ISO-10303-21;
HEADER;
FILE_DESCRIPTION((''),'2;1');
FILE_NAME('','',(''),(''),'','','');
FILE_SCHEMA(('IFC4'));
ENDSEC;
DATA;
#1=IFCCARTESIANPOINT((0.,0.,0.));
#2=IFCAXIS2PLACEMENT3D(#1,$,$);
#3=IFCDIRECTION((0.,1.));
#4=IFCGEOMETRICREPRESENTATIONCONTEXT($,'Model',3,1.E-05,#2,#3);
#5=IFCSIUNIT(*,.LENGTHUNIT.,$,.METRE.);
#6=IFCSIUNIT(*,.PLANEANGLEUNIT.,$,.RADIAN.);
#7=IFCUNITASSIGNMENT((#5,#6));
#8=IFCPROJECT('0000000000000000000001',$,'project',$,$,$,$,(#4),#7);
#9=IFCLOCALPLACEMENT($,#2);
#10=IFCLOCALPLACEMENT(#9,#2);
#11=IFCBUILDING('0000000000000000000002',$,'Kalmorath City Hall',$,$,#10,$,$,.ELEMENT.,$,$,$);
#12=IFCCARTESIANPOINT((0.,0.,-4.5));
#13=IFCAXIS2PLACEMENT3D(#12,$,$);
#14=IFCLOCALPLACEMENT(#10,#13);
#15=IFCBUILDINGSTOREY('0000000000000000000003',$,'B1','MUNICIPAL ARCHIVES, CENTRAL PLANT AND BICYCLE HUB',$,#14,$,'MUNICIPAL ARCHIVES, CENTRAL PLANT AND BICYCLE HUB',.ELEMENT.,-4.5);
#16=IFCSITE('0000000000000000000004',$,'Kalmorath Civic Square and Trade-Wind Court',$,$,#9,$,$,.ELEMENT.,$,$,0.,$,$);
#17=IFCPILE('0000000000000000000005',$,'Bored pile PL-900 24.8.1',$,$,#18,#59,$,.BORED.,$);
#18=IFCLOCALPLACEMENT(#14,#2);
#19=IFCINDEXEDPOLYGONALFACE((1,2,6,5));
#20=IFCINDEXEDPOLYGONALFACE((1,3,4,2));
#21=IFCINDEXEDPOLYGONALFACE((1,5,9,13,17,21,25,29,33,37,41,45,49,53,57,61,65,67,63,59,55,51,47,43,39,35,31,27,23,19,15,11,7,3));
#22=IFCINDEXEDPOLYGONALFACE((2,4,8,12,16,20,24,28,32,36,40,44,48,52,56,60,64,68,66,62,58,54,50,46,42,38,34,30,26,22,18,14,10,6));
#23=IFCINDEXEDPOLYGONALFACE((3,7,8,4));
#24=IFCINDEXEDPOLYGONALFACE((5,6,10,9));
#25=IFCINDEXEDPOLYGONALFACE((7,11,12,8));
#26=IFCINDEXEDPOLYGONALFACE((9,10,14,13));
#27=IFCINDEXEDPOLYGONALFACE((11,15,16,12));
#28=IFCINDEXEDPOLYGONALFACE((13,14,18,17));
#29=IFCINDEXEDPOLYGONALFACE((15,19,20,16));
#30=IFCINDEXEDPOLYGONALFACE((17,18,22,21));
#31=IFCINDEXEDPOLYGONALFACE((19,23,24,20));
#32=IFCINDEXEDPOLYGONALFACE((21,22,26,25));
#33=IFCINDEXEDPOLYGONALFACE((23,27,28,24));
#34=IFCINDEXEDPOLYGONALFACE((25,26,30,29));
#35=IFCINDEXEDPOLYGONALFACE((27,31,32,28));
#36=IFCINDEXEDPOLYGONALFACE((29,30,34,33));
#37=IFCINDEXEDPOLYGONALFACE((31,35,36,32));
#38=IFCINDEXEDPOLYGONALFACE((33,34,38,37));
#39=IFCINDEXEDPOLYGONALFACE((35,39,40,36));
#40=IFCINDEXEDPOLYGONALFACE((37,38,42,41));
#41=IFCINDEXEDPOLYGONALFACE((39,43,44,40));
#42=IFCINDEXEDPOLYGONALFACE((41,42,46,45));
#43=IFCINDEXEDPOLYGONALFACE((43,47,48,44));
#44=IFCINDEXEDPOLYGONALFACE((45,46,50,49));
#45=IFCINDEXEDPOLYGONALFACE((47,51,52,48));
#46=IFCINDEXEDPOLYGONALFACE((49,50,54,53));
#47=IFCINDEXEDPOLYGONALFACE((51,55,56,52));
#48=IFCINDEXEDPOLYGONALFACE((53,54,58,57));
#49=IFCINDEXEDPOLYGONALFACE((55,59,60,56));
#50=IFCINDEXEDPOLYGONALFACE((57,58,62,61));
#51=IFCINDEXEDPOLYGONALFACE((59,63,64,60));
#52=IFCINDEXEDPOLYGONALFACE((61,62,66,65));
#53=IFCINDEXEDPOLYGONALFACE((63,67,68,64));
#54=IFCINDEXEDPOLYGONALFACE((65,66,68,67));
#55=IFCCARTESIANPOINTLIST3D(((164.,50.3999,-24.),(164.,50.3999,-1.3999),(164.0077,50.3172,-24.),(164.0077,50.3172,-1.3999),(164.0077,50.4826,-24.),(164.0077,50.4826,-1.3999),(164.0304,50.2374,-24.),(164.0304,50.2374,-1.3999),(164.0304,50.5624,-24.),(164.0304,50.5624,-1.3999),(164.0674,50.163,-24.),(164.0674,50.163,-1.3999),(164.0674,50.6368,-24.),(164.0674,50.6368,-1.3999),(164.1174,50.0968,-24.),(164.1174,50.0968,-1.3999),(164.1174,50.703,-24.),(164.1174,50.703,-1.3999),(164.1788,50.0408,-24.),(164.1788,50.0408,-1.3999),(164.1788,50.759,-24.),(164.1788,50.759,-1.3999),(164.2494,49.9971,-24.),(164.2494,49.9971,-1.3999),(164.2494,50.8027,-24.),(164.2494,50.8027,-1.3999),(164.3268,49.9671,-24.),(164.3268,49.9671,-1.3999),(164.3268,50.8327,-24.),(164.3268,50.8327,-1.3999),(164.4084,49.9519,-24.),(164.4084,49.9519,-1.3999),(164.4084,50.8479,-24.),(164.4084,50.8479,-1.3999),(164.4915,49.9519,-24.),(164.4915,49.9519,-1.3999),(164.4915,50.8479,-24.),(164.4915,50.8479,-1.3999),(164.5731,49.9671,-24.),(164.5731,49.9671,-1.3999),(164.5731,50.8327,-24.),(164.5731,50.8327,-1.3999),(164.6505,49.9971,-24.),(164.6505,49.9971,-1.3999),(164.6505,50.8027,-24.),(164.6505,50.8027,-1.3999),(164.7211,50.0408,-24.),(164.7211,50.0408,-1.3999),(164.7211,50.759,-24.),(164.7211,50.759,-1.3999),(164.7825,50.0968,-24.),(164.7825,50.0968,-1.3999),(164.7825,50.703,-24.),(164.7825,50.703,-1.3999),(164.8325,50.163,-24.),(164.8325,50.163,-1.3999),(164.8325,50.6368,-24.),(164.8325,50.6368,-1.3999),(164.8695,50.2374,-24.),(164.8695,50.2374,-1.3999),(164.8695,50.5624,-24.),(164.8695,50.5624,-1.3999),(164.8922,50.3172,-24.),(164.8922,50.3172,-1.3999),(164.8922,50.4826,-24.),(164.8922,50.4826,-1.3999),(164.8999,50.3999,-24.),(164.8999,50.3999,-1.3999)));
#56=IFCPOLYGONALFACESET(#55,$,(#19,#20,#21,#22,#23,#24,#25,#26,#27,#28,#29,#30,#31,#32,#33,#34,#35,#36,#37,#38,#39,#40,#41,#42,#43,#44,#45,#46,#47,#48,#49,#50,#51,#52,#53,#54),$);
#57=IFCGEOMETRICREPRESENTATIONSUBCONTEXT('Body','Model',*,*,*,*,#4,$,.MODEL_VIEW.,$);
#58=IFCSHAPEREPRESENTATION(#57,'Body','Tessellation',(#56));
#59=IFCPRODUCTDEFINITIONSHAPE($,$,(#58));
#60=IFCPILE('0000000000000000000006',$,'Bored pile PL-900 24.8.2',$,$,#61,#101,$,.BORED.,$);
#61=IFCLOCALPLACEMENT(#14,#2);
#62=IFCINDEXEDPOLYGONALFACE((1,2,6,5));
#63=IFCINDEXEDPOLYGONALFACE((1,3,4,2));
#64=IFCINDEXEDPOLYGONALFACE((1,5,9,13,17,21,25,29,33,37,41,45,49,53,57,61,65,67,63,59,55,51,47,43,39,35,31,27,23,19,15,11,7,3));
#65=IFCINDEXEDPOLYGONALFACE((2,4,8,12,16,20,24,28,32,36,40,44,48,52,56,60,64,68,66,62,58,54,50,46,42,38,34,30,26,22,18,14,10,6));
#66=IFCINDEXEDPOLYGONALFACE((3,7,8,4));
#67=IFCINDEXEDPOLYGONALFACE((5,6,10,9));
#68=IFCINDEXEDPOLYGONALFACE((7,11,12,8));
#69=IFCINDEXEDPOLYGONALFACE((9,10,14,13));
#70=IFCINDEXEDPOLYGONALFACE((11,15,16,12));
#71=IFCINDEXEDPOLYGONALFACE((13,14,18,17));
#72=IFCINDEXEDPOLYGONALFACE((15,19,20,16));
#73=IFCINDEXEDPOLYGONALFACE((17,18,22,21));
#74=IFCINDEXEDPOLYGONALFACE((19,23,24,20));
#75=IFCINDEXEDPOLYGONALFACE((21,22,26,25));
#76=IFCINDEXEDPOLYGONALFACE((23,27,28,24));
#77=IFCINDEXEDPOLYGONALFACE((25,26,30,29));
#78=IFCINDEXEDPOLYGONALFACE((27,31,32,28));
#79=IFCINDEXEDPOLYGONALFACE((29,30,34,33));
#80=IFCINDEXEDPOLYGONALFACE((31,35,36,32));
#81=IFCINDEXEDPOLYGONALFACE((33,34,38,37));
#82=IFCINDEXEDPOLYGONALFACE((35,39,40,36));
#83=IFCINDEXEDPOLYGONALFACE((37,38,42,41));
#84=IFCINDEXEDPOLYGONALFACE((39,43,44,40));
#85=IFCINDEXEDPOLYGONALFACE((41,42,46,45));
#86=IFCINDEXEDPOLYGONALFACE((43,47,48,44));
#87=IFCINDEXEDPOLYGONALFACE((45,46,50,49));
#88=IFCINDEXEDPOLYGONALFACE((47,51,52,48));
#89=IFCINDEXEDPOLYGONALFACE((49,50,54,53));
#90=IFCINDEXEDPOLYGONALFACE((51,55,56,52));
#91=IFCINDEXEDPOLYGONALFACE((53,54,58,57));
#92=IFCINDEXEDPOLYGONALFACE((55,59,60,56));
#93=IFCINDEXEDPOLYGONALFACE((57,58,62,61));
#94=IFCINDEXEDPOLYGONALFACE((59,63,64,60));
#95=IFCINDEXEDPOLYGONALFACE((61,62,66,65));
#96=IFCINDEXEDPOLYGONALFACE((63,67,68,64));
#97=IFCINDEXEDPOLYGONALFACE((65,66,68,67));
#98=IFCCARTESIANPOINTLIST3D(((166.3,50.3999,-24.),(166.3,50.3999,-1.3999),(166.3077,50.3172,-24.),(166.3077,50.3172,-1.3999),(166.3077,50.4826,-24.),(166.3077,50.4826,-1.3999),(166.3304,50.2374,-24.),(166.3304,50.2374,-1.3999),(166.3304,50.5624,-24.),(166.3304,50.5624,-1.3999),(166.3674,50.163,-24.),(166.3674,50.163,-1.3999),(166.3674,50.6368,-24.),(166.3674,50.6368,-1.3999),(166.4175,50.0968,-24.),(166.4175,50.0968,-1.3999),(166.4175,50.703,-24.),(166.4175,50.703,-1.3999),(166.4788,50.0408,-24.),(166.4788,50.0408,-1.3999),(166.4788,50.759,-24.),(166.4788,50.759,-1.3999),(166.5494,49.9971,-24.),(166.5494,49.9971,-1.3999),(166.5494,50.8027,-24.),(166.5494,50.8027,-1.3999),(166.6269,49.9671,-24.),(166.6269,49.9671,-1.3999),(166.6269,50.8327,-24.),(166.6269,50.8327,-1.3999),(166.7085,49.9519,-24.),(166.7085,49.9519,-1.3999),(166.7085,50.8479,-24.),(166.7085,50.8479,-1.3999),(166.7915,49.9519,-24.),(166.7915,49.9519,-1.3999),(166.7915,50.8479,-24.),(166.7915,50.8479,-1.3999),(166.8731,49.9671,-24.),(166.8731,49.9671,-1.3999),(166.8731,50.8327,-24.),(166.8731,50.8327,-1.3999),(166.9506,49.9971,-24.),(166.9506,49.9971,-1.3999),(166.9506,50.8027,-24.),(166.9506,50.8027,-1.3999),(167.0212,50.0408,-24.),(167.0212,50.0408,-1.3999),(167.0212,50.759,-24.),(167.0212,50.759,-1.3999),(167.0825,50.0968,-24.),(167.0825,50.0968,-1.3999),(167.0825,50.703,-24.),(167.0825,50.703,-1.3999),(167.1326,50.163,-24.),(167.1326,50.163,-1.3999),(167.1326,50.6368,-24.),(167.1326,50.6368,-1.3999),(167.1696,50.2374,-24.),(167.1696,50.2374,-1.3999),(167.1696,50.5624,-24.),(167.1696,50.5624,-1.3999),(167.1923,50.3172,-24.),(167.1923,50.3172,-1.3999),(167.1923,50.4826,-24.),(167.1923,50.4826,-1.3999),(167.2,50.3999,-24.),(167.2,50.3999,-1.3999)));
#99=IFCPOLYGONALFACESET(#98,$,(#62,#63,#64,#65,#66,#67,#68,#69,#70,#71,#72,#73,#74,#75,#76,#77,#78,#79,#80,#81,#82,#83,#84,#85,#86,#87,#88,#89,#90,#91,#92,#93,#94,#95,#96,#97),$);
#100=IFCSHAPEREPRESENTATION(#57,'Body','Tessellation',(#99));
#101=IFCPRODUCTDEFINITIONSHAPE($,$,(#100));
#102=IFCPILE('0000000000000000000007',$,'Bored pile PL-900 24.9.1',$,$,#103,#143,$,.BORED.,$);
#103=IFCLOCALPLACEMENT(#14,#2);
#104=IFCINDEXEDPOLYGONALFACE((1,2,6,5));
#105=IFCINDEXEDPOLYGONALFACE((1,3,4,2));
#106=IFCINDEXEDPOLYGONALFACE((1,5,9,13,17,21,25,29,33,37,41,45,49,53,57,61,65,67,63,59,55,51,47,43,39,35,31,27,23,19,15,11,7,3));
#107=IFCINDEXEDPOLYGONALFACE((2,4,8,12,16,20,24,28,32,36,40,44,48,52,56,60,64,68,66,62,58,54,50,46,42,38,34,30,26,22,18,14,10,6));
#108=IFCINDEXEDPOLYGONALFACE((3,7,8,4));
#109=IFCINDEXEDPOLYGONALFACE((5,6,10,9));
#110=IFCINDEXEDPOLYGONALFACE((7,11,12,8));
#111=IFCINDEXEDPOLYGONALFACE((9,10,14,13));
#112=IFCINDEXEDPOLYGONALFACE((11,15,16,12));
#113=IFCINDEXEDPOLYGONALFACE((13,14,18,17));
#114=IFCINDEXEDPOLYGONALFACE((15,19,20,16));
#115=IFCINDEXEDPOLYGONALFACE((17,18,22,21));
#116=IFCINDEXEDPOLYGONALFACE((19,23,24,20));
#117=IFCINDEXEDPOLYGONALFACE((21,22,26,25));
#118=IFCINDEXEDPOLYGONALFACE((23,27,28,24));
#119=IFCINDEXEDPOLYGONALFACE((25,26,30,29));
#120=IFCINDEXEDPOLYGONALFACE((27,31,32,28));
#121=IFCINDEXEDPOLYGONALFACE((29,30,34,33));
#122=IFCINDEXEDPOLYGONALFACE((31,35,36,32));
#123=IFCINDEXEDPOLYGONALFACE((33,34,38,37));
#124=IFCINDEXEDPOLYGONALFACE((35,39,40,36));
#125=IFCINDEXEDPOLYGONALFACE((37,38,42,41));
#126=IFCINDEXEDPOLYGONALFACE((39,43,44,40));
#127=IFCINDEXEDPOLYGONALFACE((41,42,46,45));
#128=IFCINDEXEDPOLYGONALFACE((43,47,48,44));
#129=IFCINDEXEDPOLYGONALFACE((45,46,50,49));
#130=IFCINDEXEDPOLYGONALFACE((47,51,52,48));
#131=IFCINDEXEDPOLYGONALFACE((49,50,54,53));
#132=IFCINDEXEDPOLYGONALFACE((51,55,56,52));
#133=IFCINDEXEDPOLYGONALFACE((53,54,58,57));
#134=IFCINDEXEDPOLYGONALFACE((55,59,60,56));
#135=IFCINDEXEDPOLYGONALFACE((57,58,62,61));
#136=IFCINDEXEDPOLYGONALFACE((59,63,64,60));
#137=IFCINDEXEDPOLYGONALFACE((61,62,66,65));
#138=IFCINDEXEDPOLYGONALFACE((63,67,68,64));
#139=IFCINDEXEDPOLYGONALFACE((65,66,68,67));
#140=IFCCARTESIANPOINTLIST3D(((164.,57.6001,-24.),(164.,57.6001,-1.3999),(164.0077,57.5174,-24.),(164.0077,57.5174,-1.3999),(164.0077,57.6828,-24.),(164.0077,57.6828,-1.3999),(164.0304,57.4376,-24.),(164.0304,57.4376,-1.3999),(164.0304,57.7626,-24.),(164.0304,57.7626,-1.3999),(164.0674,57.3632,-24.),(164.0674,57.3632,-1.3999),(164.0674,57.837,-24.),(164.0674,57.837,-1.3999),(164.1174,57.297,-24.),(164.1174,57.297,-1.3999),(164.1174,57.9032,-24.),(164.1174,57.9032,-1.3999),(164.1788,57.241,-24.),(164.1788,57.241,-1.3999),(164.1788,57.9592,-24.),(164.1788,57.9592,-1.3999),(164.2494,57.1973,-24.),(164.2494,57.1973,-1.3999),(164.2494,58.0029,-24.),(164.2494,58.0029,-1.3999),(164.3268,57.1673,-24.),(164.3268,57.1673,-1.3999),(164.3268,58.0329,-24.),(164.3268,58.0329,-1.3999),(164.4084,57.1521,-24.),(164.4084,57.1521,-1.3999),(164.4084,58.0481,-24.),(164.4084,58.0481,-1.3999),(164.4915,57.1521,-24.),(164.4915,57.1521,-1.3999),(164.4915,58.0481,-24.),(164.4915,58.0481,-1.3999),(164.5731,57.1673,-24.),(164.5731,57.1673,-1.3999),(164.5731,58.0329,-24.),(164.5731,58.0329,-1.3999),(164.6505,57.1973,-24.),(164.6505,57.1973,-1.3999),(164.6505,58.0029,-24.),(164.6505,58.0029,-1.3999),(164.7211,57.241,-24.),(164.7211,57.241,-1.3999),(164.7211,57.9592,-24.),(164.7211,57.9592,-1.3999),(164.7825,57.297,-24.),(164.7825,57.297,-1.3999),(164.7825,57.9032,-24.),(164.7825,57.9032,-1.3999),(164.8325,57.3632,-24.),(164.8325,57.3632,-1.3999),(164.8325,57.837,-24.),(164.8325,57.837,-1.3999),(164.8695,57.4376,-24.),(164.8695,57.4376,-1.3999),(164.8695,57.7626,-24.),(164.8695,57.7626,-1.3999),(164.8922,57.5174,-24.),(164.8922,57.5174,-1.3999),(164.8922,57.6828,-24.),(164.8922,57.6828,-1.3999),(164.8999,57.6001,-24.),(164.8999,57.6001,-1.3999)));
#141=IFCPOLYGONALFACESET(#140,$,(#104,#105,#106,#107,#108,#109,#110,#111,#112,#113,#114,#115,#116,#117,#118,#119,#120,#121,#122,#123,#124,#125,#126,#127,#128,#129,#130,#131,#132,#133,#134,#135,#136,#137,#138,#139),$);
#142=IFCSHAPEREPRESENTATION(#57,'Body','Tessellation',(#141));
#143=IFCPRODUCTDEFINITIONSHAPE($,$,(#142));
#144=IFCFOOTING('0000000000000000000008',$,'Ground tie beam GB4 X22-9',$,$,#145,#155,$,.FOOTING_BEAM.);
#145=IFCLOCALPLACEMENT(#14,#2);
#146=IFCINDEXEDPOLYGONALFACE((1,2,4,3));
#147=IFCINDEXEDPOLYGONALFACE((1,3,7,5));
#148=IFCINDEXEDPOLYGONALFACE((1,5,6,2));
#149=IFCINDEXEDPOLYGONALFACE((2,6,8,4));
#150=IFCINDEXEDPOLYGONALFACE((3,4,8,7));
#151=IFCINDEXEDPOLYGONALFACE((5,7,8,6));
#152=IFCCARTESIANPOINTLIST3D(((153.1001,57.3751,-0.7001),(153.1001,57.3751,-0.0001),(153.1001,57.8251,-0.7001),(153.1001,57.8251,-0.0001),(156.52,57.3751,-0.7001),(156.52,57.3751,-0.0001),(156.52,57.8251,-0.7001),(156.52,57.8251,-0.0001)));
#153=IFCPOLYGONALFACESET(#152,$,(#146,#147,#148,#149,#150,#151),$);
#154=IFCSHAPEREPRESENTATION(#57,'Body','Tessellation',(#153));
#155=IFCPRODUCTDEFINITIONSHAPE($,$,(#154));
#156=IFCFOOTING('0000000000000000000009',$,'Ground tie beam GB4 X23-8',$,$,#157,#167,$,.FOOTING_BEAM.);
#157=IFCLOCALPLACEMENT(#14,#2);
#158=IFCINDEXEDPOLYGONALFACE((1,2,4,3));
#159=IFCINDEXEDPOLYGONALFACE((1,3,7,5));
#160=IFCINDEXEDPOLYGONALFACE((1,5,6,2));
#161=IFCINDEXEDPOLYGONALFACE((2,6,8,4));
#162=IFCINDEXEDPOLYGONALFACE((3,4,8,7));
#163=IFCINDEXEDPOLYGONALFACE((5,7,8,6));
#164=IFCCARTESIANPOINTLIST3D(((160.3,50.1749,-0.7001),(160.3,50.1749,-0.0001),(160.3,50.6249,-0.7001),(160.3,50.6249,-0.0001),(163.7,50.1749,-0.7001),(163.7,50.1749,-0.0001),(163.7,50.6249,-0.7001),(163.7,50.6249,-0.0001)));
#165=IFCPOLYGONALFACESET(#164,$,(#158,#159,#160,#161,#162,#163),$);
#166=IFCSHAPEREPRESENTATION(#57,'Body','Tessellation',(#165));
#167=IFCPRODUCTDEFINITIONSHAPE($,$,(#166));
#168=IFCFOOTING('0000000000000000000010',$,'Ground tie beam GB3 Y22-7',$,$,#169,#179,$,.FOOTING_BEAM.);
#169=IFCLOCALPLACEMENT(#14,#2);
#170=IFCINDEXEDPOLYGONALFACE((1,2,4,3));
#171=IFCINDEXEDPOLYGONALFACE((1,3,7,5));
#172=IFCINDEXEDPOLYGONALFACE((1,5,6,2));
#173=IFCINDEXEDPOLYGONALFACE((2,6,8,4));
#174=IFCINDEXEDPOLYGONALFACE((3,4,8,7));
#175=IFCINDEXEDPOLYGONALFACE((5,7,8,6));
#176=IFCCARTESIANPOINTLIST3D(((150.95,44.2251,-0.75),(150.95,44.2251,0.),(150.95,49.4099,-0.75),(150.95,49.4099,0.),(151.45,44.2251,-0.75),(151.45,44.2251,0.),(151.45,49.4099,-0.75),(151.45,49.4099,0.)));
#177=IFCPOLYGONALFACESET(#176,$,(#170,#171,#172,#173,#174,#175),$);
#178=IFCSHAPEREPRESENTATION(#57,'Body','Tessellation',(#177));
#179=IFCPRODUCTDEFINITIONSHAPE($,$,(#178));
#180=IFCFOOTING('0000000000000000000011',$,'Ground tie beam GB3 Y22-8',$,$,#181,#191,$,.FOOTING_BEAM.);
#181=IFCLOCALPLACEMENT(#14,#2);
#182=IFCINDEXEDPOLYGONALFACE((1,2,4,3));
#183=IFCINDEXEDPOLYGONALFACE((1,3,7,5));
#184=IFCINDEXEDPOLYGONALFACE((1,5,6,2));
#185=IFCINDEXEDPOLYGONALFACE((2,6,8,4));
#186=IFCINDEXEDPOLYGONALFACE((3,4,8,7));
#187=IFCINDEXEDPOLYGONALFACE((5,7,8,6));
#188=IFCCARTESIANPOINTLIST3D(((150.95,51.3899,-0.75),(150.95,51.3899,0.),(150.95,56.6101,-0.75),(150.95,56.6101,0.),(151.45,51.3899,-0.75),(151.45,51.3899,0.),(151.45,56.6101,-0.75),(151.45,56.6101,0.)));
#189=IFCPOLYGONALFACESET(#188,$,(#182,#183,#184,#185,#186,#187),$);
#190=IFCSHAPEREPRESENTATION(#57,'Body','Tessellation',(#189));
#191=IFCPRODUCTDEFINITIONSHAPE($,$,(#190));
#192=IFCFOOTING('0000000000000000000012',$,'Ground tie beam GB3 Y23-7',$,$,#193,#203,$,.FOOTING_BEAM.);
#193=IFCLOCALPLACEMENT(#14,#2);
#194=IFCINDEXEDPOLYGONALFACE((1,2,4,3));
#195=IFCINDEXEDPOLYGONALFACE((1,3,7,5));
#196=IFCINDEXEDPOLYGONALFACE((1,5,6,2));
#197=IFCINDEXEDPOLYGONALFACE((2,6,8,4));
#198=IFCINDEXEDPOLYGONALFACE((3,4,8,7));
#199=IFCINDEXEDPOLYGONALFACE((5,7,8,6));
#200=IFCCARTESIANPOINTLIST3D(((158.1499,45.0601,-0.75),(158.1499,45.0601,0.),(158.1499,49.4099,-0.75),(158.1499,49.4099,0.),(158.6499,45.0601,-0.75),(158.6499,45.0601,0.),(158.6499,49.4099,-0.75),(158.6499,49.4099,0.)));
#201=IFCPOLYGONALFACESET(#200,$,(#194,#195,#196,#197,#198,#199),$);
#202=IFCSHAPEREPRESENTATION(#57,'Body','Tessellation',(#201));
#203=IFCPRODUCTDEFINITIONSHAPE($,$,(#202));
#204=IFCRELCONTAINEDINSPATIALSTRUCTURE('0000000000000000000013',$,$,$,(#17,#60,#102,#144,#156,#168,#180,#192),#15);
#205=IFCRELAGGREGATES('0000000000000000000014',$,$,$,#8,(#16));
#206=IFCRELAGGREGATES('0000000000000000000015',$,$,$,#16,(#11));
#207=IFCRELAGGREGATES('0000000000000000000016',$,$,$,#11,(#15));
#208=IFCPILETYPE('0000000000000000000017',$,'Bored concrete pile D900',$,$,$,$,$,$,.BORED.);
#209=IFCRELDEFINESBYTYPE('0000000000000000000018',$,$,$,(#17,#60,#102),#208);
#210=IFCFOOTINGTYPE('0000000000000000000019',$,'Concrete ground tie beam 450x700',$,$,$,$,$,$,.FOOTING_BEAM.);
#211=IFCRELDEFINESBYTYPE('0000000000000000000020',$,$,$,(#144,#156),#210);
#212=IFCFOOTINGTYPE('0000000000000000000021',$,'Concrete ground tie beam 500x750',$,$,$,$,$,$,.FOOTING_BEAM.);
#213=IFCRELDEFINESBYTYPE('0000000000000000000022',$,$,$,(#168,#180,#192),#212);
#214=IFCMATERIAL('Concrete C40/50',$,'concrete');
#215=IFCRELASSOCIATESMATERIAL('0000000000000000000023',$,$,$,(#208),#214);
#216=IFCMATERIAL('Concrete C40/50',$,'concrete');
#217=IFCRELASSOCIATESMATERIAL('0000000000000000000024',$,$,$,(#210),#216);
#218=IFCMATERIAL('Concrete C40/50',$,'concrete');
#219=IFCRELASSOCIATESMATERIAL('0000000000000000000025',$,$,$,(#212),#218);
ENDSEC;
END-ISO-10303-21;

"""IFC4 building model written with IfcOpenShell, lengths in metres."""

from ifc_helpers import new_model, si_unit, direction, frame, origin, origin_2d, place, context, subcontext, project, spatial, rectangle, circle, extrude, material, material_profile, profile_set, type_object, element, save


model = new_model("IFC4")

# Units and contexts
model_context = context("Model", 3, precision=1e-05, world=origin(), true_north=direction((0.0, 1.0)))
body_context = subcontext(model_context, "Body", "Model", "MODEL_VIEW")
ifc_project = project(units=[si_unit("LENGTHUNIT", "METRE"), si_unit("PLANEANGLEUNIT", "RADIAN")], contexts=[model_context])

# Site, building, storey
site_placement = place(None, origin())
site = spatial("IfcSite", under=ifc_project, at=site_placement, Name="Kalmorath Civic Square and Trade-Wind Court", CompositionType="ELEMENT", RefElevation=0.0)
building_placement = place(site_placement, origin())
building = spatial("IfcBuilding", under=site, at=building_placement, Name="Kalmorath City Hall", CompositionType="ELEMENT")
storey_placement = place(building_placement, frame((0.0, 0.0, -4.5)))
storey = spatial("IfcBuildingStorey", under=building, at=storey_placement, Name="B1", Description="MUNICIPAL ARCHIVES, CENTRAL PLANT AND BICYCLE HUB", LongName="MUNICIPAL ARCHIVES, CENTRAL PLANT AND BICYCLE HUB", CompositionType="ELEMENT", Elevation=-4.5)

# Piles
ifc_material_1 = material(Name="Concrete C40/50", Category="concrete")
ifc_material_profile_1 = material_profile(ifc_material_1, circle(Radius=0.45, at=origin_2d()), Name="PILE-D900")
ifc_profile_set_1 = profile_set([ifc_material_profile_1], Name="Concrete C40/50")
pile_type = type_object("IfcPileType", Name="Bored concrete pile D900", PredefinedType="BORED", material=ifc_profile_set_1)
for number, where, z_axis, x_axis, name in (
    (1, (164.45, 50.3999, -1.3999), (0.0, 0.0, -1.0), (1.0, 0.0, 0.0), "Bored pile PL-900 24.8.1"),
    (2, (166.75, 50.3999, -1.3999), (0.0, 0.0, -1.0), (1.0, 0.0, 0.0), "Bored pile PL-900 24.8.2"),
    (3, (164.45, 57.6001, -1.3999), (0.0, 0.0, -1.0), (1.0, 0.0, 0.0), "Bored pile PL-900 24.9.1"),
):
    element("IfcPile", number, at=place(storey_placement, frame(where, z_axis=z_axis, x_axis=x_axis)), inside=storey, type_object=pile_type, Name=name, PredefinedType="BORED", context=body_context, shape_type="SweptSolid", body=[
        extrude(circle(Radius=0.45, at=origin_2d()), origin(), (0.0, 0.0, 1.0), 22.6001),
    ])

# Footings
ifc_material_2 = material(Name="Concrete C40/50", Category="concrete")
ifc_material_profile_2 = material_profile(ifc_material_2, rectangle(XDim=0.45, YDim=0.7, at=origin_2d()), Name="RC-BM-450X700")
ifc_profile_set_2 = profile_set([ifc_material_profile_2], Name="Concrete C40/50")
footing_type_1 = type_object("IfcFootingType", Name="Concrete ground tie beam 450x700", PredefinedType="FOOTING_BEAM", material=ifc_profile_set_2)
footing_1_placement = place(storey_placement, frame((153.1001, 57.6001, -0.3501), z_axis=(1.0, 0.0, 0.0), x_axis=(0.0, 1.0, 0.0)))
element("IfcFooting", 4, at=footing_1_placement, inside=storey, type_object=footing_type_1, Name="Ground tie beam GB4 X22-9", PredefinedType="FOOTING_BEAM", context=body_context, shape_type="SweptSolid", body=[
    extrude(rectangle(XDim=0.45, YDim=0.7, at=origin_2d()), origin(), (0.0, 0.0, 1.0), 3.4199),
])
footing_2_placement = place(storey_placement, frame((160.3, 50.3999, -0.3501), z_axis=(1.0, 0.0, 0.0), x_axis=(0.0, 1.0, 0.0)))
element("IfcFooting", 5, at=footing_2_placement, inside=storey, type_object=footing_type_1, Name="Ground tie beam GB4 X23-8", PredefinedType="FOOTING_BEAM", context=body_context, shape_type="SweptSolid", body=[
    extrude(rectangle(XDim=0.45, YDim=0.7, at=origin_2d()), origin(), (0.0, 0.0, 1.0), 3.3999),
])
ifc_material_3 = material(Name="Concrete C40/50", Category="concrete")
ifc_material_profile_3 = material_profile(ifc_material_3, rectangle(XDim=0.5, YDim=0.75, at=origin_2d()), Name="RC-BM-500X750")
ifc_profile_set_3 = profile_set([ifc_material_profile_3], Name="Concrete C40/50")
footing_type_2 = type_object("IfcFootingType", Name="Concrete ground tie beam 500x750", PredefinedType="FOOTING_BEAM", material=ifc_profile_set_3)
footing_3_placement = place(storey_placement, frame((151.2, 44.2251, -0.375), z_axis=(0.0, 1.0, 0.0), x_axis=(-1.0, 0.0, 0.0)))
element("IfcFooting", 6, at=footing_3_placement, inside=storey, type_object=footing_type_2, Name="Ground tie beam GB3 Y22-7", PredefinedType="FOOTING_BEAM", context=body_context, shape_type="SweptSolid", body=[
    extrude(rectangle(XDim=0.5, YDim=0.75, at=origin_2d()), origin(), (0.0, 0.0, 1.0), 5.1848),
])
footing_4_placement = place(storey_placement, frame((151.2, 51.3899, -0.375), z_axis=(0.0, 1.0, 0.0), x_axis=(-1.0, 0.0, 0.0)))
element("IfcFooting", 7, at=footing_4_placement, inside=storey, type_object=footing_type_2, Name="Ground tie beam GB3 Y22-8", PredefinedType="FOOTING_BEAM", context=body_context, shape_type="SweptSolid", body=[
    extrude(rectangle(XDim=0.5, YDim=0.75, at=origin_2d()), origin(), (0.0, 0.0, 1.0), 5.2202),
])
footing_5_placement = place(storey_placement, frame((158.3999, 45.0601, -0.375), z_axis=(0.0, 1.0, 0.0), x_axis=(-1.0, 0.0, 0.0)))
element("IfcFooting", 8, at=footing_5_placement, inside=storey, type_object=footing_type_2, Name="Ground tie beam GB3 Y23-7", PredefinedType="FOOTING_BEAM", context=body_context, shape_type="SweptSolid", body=[
    extrude(rectangle(XDim=0.5, YDim=0.75, at=origin_2d()), origin(), (0.0, 0.0, 1.0), 4.3499),
])

save(model, "model.ifc")
